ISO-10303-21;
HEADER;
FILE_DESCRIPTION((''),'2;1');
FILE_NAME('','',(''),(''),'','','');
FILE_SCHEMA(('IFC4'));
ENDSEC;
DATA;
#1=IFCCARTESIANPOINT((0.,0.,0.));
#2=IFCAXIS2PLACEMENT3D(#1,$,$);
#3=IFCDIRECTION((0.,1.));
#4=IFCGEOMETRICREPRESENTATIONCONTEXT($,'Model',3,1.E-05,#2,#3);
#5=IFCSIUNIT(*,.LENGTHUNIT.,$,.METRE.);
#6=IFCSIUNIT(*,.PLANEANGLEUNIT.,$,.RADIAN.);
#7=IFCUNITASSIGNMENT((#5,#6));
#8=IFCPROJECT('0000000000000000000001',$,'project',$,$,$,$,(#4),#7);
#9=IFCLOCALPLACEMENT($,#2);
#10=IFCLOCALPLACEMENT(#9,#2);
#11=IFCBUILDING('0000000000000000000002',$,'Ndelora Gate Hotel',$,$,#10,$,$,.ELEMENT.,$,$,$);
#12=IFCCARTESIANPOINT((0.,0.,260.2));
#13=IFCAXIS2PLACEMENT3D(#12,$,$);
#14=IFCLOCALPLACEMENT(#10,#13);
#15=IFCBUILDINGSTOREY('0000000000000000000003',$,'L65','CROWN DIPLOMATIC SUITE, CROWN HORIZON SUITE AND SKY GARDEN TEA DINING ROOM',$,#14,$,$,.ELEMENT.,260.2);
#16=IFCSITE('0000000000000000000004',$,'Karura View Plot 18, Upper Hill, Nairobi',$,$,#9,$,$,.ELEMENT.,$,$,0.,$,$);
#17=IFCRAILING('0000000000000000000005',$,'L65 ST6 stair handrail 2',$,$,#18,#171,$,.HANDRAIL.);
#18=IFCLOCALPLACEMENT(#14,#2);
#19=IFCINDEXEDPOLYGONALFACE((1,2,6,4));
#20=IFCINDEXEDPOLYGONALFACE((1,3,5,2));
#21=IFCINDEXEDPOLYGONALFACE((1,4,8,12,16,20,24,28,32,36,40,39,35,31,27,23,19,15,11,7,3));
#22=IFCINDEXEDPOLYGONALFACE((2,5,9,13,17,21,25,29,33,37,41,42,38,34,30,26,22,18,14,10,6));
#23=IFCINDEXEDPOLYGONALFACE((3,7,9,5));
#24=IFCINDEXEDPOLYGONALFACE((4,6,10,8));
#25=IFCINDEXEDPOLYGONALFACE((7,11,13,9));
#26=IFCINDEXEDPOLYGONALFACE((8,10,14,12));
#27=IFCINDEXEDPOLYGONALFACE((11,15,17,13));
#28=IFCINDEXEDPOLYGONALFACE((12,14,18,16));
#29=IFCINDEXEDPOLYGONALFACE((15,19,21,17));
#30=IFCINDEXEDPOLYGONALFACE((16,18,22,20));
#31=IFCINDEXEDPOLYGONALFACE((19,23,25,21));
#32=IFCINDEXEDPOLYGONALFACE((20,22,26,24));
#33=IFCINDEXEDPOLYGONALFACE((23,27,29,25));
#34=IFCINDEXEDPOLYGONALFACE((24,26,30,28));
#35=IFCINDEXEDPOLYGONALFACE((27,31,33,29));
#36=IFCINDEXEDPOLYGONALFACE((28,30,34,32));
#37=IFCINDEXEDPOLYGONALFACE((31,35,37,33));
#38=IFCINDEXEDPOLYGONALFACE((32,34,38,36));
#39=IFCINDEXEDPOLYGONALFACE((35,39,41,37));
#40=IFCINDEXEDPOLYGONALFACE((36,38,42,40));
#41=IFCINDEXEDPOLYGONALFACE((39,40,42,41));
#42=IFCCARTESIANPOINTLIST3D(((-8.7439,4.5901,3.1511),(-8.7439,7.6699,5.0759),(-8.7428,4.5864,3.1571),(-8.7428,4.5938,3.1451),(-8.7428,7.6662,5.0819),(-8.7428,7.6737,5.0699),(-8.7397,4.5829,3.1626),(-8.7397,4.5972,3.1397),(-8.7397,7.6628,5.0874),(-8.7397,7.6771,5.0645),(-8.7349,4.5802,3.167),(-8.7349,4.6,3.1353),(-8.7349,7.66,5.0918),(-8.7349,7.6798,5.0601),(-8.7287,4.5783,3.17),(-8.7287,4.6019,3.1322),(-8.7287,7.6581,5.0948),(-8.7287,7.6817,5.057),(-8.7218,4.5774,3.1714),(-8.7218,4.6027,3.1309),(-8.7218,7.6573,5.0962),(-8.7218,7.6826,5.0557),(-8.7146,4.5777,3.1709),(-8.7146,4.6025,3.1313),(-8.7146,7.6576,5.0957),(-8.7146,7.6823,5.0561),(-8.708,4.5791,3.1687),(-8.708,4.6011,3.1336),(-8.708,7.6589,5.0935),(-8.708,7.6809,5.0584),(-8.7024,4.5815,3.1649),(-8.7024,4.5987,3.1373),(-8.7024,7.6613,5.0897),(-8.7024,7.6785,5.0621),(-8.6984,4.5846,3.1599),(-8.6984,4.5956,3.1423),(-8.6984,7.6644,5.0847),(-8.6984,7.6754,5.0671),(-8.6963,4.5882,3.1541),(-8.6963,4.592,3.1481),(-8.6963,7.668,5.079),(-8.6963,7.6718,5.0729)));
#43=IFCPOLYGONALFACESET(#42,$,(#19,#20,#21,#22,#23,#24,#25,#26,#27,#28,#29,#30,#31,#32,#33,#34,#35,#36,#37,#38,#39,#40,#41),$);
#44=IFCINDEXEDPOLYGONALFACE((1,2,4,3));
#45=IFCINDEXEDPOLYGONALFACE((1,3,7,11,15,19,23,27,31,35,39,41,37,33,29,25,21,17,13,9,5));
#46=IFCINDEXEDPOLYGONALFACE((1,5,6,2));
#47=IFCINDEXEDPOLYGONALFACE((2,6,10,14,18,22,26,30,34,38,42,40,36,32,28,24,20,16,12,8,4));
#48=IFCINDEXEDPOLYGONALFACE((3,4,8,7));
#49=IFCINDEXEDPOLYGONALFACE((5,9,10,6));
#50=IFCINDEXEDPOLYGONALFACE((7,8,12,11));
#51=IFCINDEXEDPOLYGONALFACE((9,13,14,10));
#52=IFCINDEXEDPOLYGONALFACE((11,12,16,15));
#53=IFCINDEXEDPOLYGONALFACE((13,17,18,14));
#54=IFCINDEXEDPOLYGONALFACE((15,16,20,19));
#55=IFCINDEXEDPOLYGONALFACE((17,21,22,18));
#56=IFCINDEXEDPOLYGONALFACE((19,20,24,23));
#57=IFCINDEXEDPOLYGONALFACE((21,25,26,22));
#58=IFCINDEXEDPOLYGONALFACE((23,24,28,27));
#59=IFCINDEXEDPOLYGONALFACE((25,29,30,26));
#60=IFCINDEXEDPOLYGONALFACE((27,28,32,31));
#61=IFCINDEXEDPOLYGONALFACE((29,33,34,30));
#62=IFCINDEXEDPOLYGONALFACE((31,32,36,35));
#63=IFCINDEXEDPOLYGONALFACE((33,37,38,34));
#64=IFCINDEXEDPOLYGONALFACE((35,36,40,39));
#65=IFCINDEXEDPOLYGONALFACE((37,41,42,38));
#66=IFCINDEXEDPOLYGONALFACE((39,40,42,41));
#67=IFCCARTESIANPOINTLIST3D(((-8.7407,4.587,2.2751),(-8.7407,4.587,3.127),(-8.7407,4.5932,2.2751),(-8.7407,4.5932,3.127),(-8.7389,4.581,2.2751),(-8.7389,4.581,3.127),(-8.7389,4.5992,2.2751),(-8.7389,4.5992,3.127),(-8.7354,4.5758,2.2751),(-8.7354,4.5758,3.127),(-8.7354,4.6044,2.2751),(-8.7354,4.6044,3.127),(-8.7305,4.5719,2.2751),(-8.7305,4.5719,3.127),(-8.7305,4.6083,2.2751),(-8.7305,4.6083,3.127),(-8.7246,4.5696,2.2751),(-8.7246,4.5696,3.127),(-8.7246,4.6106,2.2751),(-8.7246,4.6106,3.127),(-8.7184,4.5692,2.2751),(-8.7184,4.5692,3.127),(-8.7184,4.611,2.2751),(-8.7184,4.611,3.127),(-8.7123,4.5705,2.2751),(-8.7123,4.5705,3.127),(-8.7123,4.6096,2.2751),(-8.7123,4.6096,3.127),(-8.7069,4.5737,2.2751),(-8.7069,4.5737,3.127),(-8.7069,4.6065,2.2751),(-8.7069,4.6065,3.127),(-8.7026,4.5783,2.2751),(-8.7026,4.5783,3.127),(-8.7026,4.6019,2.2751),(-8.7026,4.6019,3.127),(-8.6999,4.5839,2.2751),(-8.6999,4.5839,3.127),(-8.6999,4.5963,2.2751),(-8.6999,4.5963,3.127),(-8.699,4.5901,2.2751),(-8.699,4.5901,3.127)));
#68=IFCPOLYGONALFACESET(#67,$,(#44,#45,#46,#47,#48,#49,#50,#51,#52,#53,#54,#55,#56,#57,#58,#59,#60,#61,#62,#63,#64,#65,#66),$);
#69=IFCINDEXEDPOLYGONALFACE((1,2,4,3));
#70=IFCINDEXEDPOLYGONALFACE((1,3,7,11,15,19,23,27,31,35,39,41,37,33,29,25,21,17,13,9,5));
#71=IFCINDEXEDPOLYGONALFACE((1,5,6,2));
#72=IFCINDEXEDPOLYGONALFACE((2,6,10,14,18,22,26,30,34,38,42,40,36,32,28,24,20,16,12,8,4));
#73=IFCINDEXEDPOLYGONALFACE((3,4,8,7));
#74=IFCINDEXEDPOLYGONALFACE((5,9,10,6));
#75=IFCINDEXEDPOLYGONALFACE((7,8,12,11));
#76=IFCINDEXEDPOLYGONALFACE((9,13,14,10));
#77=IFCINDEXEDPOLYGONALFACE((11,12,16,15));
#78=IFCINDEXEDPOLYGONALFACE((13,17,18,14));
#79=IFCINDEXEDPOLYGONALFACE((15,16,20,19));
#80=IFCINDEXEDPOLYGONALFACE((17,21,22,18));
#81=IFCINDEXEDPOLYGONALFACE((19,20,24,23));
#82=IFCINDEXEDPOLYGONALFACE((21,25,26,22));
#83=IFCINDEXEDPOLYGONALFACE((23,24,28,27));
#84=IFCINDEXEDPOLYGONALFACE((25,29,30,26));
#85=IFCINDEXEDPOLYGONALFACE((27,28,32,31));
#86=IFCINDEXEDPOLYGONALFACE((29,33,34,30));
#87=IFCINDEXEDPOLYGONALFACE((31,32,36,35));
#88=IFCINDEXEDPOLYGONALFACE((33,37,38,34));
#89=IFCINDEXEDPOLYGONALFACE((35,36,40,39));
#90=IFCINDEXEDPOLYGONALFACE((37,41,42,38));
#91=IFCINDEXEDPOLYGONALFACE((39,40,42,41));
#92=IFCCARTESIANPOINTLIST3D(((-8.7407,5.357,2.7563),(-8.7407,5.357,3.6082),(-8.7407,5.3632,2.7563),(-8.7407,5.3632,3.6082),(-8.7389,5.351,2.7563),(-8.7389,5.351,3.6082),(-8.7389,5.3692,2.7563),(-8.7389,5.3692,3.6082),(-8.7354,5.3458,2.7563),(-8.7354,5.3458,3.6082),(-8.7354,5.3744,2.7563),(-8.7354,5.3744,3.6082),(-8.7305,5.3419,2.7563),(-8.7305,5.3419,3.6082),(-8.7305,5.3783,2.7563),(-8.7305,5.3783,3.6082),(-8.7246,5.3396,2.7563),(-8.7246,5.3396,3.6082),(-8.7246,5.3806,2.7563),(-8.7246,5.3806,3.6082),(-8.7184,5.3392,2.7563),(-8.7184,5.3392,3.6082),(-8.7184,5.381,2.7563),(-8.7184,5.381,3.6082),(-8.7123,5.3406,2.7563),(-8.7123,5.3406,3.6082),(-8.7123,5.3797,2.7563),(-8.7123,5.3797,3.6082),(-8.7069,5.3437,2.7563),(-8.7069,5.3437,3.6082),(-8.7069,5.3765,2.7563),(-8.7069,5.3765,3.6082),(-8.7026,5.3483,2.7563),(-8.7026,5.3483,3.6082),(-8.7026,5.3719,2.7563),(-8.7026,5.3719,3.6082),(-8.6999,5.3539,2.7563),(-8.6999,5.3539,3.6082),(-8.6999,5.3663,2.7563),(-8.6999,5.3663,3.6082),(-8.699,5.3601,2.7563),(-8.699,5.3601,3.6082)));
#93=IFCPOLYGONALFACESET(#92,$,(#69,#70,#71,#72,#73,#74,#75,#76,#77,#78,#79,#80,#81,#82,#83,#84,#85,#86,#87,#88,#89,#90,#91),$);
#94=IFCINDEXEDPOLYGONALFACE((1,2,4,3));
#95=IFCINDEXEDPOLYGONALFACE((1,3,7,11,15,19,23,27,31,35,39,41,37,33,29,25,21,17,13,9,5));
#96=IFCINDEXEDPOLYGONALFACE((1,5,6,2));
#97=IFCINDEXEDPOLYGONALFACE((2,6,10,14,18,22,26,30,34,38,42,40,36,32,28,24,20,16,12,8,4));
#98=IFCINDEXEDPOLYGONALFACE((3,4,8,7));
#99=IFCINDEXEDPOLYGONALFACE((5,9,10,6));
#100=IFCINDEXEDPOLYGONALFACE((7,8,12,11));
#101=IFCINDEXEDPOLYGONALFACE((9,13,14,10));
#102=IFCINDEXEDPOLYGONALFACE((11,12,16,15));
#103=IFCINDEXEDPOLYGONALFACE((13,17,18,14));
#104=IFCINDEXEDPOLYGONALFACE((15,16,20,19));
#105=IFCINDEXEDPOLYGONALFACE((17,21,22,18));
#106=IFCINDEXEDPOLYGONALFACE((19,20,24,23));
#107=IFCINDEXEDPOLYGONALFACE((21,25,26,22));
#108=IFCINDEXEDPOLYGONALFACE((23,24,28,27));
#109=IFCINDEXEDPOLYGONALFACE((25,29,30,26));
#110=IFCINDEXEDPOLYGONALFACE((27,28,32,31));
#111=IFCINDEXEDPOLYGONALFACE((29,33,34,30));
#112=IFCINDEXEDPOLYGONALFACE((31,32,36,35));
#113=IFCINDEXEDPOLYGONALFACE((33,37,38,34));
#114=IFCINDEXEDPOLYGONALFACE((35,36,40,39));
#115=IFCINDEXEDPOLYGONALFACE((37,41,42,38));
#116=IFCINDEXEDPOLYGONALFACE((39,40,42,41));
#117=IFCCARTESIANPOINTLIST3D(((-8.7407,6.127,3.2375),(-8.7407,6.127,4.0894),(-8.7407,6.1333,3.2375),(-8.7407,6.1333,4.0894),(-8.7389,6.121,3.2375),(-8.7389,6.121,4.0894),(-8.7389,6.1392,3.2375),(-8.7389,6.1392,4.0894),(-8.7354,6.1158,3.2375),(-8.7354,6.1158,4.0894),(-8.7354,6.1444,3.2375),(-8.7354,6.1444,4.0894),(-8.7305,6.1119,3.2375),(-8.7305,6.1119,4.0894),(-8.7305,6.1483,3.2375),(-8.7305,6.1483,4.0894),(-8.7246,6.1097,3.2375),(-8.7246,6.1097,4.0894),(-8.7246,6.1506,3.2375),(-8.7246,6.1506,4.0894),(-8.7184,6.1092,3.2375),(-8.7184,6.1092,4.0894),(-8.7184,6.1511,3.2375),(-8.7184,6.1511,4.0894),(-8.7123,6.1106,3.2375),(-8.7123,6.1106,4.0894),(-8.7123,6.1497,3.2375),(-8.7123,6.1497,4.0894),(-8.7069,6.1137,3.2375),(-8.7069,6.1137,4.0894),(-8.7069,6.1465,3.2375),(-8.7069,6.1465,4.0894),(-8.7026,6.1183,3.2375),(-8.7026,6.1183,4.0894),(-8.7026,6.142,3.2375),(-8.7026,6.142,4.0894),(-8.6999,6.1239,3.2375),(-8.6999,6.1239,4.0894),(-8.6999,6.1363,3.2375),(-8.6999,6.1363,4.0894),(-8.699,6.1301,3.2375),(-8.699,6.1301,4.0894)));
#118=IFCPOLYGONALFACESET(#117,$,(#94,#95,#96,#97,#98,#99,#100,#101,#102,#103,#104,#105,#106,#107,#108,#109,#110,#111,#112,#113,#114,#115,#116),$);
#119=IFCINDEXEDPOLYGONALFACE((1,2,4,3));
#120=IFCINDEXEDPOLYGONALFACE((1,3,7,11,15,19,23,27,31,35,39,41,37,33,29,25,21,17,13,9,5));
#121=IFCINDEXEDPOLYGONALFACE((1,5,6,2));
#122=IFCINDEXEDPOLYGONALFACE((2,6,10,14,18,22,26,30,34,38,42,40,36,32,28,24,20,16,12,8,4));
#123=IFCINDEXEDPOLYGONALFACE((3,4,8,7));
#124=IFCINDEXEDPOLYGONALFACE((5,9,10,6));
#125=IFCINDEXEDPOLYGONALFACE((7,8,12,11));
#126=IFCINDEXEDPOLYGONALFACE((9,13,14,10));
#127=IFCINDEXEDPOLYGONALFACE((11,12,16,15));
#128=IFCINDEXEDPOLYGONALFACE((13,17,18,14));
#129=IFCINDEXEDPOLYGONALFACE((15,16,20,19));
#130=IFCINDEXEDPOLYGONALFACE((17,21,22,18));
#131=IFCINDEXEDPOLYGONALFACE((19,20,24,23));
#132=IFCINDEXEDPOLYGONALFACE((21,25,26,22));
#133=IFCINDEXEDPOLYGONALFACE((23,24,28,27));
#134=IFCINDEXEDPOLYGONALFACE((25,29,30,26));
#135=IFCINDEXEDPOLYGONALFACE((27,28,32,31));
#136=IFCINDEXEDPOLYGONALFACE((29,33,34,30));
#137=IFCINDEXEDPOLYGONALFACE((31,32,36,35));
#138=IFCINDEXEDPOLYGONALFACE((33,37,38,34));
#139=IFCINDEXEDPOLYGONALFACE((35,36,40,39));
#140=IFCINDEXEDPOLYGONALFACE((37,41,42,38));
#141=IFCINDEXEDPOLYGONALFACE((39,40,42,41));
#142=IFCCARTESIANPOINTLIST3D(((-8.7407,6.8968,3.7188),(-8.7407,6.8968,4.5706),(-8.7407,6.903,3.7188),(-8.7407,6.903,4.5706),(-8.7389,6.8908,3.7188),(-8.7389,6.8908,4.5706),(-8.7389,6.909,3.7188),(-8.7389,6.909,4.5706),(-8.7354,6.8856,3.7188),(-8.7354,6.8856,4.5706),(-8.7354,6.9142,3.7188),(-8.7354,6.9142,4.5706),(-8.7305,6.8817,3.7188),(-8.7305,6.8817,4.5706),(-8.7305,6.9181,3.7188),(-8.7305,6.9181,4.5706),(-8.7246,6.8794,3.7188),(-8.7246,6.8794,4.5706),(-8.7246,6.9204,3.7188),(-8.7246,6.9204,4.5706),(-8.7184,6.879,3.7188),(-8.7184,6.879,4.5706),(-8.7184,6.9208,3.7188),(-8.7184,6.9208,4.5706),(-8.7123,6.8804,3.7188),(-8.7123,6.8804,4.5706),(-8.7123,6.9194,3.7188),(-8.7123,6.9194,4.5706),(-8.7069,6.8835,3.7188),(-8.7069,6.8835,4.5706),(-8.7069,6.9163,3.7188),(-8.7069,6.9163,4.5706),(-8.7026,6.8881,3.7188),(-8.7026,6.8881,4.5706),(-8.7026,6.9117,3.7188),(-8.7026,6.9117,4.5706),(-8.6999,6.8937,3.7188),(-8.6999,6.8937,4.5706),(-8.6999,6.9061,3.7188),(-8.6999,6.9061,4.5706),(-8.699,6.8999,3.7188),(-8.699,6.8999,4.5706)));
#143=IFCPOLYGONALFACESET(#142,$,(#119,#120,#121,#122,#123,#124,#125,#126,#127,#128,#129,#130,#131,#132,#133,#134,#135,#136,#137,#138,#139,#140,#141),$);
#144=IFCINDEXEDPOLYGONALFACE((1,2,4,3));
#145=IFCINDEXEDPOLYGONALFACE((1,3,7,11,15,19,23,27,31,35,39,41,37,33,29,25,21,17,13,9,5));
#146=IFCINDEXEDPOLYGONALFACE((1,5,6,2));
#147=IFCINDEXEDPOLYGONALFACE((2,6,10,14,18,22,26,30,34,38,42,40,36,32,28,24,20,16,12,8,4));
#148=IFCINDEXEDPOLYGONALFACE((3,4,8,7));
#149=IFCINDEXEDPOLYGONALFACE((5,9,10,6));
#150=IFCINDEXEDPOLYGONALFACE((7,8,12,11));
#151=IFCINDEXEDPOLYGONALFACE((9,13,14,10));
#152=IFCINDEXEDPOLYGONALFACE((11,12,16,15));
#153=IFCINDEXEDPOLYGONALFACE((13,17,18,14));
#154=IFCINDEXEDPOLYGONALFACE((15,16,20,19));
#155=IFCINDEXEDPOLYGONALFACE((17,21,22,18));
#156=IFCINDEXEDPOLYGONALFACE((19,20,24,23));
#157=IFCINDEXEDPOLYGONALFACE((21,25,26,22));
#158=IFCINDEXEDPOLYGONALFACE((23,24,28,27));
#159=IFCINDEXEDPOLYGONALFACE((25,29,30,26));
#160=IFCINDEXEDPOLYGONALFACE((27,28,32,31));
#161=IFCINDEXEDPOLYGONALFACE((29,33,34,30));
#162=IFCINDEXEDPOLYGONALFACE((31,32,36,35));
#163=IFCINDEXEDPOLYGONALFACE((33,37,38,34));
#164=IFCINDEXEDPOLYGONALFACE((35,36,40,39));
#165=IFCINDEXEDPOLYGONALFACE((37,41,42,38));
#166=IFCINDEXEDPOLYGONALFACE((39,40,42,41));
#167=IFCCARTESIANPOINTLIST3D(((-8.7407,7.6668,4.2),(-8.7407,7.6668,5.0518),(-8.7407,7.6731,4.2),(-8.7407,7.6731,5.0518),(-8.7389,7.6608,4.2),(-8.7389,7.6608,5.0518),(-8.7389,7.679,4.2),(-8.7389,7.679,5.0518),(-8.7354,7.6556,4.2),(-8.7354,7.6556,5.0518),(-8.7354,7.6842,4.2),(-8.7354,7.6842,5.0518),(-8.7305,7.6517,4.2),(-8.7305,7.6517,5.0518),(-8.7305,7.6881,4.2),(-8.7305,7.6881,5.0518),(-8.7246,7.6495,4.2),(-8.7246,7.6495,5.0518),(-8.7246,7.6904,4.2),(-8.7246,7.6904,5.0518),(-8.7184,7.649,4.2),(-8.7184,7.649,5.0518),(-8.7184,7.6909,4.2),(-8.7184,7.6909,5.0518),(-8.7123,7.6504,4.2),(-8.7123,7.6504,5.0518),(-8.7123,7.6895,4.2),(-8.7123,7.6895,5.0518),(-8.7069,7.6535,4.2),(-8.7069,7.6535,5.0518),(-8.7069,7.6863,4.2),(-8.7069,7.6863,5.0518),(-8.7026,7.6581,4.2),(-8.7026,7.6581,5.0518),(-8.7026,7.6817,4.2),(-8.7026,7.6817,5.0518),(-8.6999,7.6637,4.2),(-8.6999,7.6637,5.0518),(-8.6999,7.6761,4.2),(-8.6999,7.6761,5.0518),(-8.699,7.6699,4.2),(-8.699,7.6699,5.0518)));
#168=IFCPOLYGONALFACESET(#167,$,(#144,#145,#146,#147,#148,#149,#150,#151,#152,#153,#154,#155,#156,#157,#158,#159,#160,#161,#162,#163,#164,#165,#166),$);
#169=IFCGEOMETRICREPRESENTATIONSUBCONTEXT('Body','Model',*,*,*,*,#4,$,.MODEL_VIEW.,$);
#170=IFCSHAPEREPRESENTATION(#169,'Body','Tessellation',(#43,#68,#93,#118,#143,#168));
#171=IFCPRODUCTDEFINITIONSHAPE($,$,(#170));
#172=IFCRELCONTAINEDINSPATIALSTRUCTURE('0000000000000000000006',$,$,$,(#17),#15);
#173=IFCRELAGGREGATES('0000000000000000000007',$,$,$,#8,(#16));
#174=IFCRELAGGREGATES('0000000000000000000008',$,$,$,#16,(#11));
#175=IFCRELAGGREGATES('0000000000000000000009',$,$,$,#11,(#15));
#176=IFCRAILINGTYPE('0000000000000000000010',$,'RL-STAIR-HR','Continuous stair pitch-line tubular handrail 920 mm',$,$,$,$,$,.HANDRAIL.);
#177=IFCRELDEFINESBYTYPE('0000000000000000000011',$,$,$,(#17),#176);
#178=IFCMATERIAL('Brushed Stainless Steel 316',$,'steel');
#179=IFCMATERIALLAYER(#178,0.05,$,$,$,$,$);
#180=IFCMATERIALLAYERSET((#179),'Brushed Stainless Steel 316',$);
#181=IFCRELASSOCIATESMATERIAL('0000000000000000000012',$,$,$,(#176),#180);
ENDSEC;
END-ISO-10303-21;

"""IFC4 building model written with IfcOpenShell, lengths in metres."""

from ifc_helpers import new_model, si_unit, direction, frame, origin, origin_2d, place, context, subcontext, project, spatial, circle, extrude, material, layer, layer_set, type_object, element, save


model = new_model("IFC4")

# Units and contexts
model_context = context("Model", 3, precision=1e-05, world=origin(), true_north=direction((0.0, 1.0)))
body_context = subcontext(model_context, "Body", "Model", "MODEL_VIEW")
ifc_project = project(units=[si_unit("LENGTHUNIT", "METRE"), si_unit("PLANEANGLEUNIT", "RADIAN")], contexts=[model_context])

# Site, building, storey
site_placement = place(None, origin())
site = spatial("IfcSite", under=ifc_project, at=site_placement, Name="Karura View Plot 18, Upper Hill, Nairobi", CompositionType="ELEMENT", RefElevation=0.0)
building_placement = place(site_placement, origin())
building = spatial("IfcBuilding", under=site, at=building_placement, Name="Ndelora Gate Hotel", CompositionType="ELEMENT")
storey_placement = place(building_placement, frame((0.0, 0.0, 260.2)))
storey = spatial("IfcBuildingStorey", under=building, at=storey_placement, Name="L65", Description="CROWN DIPLOMATIC SUITE, CROWN HORIZON SUITE AND SKY GARDEN TEA DINING ROOM", CompositionType="ELEMENT", Elevation=260.2)

# Railing
ifc_material_1 = material(Name="Brushed Stainless Steel 316", Category="steel")
ifc_layer_1 = layer(ifc_material_1, 0.05)
ifc_layer_set_1 = layer_set([ifc_layer_1], Name="Brushed Stainless Steel 316")
railing_type_1 = type_object("IfcRailingType", Name="RL-STAIR-HR", Description="Continuous stair pitch-line tubular handrail 920 mm", PredefinedType="HANDRAIL", material=ifc_layer_set_1)
railing_1_placement = place(storey_placement, frame((-8.72, 4.5901, 2.2751)))
element("IfcRailing", 1, at=railing_1_placement, inside=storey, type_object=railing_type_1, Name="L65 ST6 stair handrail 2", PredefinedType="HANDRAIL", context=body_context, shape_type="SweptSolid", body=[
    extrude(circle(Radius=0.0239, at=origin_2d()), frame((0.0, 0.0, 0.876), z_axis=(0.0, 0.84801, 0.529981), x_axis=(-1.0, 0.0, 0.0)), (0.0, 0.0, 1.0), 3.6318),
    extrude(circle(Radius=0.021, at=origin_2d()), origin(), (0.0, 0.0, 1.0), 0.8518),
    extrude(circle(Radius=0.021, at=origin_2d()), frame((0.0, 0.77, 0.4812)), (0.0, 0.0, 1.0), 0.8518),
    extrude(circle(Radius=0.021, at=origin_2d()), frame((0.0, 1.54, 0.9624)), (0.0, 0.0, 1.0), 0.8518),
    extrude(circle(Radius=0.021, at=origin_2d()), frame((0.0, 2.3098, 1.4436)), (0.0, 0.0, 1.0), 0.8518),
    extrude(circle(Radius=0.021, at=origin_2d()), frame((0.0, 3.0798, 1.9248)), (0.0, 0.0, 1.0), 0.8518),
])

save(model, "model.ifc")
